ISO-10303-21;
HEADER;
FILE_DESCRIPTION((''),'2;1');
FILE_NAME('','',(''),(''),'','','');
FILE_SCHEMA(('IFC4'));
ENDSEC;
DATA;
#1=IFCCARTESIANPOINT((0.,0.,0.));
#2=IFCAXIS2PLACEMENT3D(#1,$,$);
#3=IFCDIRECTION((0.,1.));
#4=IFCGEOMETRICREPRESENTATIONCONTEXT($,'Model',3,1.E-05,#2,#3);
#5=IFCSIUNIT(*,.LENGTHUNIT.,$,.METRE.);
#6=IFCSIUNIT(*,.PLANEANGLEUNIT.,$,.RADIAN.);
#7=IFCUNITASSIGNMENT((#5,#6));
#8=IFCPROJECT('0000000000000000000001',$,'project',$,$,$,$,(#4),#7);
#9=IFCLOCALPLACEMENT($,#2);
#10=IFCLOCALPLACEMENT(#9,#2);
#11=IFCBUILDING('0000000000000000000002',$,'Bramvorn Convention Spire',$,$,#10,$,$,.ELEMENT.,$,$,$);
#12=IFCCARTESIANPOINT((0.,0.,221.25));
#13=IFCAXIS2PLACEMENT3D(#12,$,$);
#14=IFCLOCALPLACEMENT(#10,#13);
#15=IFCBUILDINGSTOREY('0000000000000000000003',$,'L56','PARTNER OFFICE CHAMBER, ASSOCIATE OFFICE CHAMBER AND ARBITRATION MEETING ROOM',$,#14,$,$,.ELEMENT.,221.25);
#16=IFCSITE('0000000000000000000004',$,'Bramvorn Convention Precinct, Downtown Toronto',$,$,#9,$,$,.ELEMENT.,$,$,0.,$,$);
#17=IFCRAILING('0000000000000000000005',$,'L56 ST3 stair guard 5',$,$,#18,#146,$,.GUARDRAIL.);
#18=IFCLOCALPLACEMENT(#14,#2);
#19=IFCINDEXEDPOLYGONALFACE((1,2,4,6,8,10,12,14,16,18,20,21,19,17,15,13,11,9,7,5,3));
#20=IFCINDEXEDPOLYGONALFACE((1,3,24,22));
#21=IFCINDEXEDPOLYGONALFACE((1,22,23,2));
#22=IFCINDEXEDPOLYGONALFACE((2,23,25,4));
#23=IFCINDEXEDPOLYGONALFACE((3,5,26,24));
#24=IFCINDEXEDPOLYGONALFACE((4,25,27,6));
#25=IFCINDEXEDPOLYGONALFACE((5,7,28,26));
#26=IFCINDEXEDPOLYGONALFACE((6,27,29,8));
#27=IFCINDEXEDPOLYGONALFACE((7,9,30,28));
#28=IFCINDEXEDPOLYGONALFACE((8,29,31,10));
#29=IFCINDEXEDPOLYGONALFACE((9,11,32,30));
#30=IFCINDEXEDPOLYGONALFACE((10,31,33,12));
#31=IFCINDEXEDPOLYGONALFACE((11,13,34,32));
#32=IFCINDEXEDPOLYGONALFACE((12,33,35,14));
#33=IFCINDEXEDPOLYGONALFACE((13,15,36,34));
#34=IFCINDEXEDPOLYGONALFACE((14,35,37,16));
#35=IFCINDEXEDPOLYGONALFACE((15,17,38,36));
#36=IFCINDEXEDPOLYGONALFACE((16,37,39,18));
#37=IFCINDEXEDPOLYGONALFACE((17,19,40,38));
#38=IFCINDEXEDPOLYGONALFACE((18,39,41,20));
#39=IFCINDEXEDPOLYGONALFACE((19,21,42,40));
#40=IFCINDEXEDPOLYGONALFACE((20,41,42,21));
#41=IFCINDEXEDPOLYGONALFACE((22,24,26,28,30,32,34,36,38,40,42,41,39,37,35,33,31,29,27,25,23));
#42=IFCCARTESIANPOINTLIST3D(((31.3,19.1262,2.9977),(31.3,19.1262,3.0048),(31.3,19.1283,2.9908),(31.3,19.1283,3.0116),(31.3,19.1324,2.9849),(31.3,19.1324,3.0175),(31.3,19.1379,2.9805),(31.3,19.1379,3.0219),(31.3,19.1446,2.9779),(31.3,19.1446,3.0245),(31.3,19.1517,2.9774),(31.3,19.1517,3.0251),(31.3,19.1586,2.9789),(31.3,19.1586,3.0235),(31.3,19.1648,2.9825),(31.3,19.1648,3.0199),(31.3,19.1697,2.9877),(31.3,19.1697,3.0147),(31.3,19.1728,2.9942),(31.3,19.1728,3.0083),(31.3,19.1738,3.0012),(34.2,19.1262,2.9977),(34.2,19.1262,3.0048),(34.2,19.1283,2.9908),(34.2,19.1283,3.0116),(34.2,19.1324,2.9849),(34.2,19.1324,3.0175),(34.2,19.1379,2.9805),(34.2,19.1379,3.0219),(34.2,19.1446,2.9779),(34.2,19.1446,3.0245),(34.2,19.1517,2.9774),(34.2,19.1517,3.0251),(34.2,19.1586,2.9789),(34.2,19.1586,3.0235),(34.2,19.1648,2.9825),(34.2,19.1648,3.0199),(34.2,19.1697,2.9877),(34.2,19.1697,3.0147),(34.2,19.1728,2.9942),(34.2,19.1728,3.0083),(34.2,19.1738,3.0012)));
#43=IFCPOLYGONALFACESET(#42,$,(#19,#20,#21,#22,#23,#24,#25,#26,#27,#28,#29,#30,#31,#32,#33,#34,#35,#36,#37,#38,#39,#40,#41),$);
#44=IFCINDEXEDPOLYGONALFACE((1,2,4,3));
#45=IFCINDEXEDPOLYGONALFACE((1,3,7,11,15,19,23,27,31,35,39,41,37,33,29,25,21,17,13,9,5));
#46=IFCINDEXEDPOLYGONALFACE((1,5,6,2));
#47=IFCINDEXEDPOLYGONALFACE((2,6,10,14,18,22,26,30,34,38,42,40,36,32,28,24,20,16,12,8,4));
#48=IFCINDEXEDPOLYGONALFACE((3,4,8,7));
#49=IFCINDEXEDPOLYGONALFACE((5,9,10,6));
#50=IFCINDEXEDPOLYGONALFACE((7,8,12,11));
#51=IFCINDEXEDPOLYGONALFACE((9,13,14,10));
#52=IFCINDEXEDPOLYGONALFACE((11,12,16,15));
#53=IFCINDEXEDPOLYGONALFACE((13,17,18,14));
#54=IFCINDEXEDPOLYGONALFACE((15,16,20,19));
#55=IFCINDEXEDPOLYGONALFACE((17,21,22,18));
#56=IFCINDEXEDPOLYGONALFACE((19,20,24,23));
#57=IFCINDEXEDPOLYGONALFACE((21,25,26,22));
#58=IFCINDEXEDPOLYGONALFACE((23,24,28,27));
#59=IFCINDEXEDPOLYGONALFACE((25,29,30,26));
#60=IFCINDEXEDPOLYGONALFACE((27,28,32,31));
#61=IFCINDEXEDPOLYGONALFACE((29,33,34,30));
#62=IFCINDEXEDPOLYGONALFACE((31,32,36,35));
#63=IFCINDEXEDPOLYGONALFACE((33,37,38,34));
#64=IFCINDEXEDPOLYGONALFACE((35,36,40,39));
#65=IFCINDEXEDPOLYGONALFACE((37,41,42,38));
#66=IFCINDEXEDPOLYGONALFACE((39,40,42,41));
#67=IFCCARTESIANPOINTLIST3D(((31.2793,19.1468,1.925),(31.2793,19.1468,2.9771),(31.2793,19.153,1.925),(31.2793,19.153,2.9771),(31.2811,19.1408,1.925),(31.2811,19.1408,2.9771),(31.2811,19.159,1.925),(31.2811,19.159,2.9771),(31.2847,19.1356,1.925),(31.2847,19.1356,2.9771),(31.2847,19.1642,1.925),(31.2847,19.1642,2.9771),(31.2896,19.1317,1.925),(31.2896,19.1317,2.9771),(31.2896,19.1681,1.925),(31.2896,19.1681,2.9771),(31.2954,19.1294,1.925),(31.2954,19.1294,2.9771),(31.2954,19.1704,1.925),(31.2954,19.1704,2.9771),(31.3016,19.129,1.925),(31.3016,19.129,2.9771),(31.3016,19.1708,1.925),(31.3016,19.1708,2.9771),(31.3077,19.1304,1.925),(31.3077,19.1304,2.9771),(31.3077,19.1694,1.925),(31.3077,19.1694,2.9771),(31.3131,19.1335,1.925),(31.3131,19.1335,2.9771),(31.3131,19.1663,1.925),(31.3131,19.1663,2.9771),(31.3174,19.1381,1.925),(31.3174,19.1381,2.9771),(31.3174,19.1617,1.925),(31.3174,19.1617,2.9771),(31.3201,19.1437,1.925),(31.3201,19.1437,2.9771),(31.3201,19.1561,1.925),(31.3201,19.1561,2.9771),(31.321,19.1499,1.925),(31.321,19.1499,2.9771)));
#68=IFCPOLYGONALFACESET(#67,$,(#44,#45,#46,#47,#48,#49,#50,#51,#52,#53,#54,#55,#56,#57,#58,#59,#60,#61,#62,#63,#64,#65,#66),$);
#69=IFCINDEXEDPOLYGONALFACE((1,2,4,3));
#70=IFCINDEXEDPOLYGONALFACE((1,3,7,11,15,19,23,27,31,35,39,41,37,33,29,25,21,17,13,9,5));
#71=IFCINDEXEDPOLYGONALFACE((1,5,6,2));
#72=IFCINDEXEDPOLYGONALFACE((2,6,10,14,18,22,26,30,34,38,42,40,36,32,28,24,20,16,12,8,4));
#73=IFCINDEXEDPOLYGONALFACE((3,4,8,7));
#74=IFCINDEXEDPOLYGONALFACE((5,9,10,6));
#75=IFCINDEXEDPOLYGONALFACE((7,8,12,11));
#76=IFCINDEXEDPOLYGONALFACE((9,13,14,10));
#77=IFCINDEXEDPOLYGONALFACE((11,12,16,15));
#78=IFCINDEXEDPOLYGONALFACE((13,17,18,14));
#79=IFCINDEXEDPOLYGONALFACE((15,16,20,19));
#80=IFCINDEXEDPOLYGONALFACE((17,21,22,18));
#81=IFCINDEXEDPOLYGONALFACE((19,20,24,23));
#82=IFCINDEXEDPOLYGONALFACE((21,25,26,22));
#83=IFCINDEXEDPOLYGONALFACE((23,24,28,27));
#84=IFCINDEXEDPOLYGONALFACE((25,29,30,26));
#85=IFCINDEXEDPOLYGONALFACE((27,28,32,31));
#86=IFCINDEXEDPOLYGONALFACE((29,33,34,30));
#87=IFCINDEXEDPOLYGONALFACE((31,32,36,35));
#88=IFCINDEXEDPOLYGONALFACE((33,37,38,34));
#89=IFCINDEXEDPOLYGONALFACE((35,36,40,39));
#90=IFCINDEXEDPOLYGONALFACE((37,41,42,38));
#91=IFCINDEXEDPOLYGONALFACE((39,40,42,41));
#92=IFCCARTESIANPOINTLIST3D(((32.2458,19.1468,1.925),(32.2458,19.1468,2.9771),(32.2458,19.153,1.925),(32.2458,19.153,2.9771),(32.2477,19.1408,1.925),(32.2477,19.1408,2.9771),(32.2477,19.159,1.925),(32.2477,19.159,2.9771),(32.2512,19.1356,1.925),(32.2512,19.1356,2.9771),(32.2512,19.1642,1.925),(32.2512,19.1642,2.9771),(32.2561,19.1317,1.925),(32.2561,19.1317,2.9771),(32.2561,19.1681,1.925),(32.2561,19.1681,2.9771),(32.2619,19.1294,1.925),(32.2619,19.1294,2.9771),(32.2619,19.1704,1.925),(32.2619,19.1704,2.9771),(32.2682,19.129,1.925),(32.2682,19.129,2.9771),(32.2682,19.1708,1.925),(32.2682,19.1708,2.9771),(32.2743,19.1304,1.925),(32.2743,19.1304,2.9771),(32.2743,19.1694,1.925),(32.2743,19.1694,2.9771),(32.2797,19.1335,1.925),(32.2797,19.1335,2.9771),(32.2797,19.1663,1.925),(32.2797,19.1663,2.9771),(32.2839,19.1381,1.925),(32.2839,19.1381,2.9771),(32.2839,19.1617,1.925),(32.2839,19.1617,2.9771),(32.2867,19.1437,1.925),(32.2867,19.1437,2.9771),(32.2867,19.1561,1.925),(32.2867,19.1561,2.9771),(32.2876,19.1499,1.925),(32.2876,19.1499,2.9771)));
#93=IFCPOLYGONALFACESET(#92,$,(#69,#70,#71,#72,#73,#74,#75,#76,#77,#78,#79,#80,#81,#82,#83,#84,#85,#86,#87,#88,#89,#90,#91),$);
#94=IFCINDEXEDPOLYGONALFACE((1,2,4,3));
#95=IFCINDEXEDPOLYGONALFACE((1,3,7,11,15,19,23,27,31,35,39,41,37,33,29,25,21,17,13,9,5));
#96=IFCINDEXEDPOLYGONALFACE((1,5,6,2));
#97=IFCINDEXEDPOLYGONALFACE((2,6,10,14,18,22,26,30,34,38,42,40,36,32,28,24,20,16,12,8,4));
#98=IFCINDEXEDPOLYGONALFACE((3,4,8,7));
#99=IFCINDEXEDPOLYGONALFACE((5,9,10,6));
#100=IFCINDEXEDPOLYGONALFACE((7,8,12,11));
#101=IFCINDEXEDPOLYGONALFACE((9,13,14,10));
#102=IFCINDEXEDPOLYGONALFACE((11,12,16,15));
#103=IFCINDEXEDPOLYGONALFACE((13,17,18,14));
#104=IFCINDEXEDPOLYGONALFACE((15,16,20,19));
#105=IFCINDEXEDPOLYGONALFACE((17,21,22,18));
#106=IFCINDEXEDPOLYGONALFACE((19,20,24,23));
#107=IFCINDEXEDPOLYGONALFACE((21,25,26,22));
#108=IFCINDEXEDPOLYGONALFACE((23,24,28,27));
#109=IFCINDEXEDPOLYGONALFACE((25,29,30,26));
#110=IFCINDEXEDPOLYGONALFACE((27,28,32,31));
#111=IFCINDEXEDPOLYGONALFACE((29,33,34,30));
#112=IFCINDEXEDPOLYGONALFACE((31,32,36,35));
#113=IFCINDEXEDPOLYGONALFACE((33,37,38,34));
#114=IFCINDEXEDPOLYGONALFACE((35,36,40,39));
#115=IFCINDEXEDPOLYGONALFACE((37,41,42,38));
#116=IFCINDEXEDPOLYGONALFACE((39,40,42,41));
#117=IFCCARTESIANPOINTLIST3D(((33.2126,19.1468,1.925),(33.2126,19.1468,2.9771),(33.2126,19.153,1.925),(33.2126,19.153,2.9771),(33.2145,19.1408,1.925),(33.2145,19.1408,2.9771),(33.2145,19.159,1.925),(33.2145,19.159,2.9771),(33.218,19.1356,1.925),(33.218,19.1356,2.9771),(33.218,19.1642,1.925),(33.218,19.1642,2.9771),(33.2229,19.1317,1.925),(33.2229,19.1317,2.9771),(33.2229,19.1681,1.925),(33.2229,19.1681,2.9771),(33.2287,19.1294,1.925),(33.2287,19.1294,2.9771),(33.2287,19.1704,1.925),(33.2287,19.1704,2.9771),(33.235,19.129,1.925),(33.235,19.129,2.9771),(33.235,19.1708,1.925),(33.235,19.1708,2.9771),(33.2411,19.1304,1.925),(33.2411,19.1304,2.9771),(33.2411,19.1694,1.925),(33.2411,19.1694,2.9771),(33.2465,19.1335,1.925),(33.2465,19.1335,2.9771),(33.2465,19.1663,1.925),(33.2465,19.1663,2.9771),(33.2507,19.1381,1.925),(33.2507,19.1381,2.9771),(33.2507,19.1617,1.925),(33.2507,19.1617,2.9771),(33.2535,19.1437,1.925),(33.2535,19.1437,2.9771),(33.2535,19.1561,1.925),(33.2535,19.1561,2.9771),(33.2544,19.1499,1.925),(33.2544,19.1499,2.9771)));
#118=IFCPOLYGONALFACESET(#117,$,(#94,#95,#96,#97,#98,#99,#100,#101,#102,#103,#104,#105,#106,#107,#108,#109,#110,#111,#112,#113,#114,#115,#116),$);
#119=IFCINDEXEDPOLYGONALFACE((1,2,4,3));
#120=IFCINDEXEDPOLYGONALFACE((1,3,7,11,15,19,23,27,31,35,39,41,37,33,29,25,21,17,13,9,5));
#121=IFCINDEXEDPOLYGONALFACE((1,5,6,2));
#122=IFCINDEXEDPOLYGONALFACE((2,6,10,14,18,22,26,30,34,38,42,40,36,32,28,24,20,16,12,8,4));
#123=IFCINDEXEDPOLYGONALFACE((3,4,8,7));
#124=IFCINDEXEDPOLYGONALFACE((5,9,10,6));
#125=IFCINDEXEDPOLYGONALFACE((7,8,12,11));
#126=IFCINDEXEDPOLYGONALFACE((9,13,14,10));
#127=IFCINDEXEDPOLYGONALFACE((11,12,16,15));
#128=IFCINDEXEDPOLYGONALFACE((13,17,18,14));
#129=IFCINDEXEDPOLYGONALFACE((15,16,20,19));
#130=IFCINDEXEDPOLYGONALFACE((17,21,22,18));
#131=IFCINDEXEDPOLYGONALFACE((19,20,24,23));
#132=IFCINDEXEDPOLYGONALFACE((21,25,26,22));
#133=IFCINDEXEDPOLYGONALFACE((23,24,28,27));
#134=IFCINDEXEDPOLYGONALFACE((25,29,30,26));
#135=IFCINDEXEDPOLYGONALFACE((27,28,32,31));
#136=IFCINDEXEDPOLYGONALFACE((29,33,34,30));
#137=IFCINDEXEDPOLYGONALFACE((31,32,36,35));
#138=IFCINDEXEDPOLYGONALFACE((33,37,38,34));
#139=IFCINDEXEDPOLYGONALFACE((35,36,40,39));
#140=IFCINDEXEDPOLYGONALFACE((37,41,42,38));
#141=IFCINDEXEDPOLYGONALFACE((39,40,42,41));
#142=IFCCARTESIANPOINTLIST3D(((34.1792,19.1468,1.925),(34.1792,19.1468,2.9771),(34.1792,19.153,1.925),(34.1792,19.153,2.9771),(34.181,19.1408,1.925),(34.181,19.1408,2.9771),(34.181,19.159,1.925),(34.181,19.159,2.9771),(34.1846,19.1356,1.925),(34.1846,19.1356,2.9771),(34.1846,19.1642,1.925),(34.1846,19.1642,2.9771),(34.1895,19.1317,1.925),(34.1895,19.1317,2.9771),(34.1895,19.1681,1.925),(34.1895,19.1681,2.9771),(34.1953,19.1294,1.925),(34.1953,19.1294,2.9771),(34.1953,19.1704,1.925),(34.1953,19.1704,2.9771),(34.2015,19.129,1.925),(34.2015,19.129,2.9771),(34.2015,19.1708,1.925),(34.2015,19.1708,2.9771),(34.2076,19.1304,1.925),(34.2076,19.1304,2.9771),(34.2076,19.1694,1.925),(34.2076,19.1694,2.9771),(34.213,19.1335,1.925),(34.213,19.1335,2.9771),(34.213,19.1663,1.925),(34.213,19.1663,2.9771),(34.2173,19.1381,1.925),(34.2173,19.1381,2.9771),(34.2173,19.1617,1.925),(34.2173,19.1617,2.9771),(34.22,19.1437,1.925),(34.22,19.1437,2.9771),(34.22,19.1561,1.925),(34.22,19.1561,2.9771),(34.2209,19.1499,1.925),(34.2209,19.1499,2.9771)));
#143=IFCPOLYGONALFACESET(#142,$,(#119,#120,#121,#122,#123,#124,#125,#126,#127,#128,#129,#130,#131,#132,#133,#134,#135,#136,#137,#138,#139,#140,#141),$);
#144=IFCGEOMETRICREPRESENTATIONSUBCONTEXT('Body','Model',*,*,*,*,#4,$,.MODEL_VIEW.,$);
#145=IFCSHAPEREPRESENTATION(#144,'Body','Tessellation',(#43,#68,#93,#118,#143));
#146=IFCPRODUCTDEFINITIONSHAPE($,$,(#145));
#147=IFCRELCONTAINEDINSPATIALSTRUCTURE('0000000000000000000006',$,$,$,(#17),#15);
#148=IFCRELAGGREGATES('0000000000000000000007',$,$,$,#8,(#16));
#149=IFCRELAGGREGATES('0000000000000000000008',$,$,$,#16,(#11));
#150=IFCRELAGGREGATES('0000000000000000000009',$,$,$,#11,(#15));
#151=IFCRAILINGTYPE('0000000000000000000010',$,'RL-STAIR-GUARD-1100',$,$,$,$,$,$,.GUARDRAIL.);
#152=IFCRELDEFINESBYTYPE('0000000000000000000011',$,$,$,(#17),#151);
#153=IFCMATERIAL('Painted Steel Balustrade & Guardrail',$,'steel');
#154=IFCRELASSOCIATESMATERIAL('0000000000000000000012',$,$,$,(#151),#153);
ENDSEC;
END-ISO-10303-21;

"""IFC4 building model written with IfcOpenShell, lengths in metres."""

from ifc_helpers import new_model, si_unit, direction, frame, origin, origin_2d, place, context, subcontext, project, spatial, circle, extrude, material, type_object, element, save


model = new_model("IFC4")

# Units and contexts
model_context = context("Model", 3, precision=1e-05, world=origin(), true_north=direction((0.0, 1.0)))
body_context = subcontext(model_context, "Body", "Model", "MODEL_VIEW")
ifc_project = project(units=[si_unit("LENGTHUNIT", "METRE"), si_unit("PLANEANGLEUNIT", "RADIAN")], contexts=[model_context])

# Site, building, storey
site_placement = place(None, origin())
site = spatial("IfcSite", under=ifc_project, at=site_placement, Name="Bramvorn Convention Precinct, Downtown Toronto", CompositionType="ELEMENT", RefElevation=0.0)
building_placement = place(site_placement, origin())
building = spatial("IfcBuilding", under=site, at=building_placement, Name="Bramvorn Convention Spire", CompositionType="ELEMENT")
storey_placement = place(building_placement, frame((0.0, 0.0, 221.25)))
storey = spatial("IfcBuildingStorey", under=building, at=storey_placement, Name="L56", Description="PARTNER OFFICE CHAMBER, ASSOCIATE OFFICE CHAMBER AND ARBITRATION MEETING ROOM", CompositionType="ELEMENT", Elevation=221.25)

# Railing
ifc_material_1 = material(Name="Painted Steel Balustrade & Guardrail", Category="steel")
railing_type_1 = type_object("IfcRailingType", Name="RL-STAIR-GUARD-1100", PredefinedType="GUARDRAIL", material=ifc_material_1)
railing_1_placement = place(storey_placement, frame((31.3, 19.1499, 1.925)))
element("IfcRailing", 1, at=railing_1_placement, inside=storey, type_object=railing_type_1, Name="L56 ST3 stair guard 5", PredefinedType="GUARDRAIL", context=body_context, shape_type="SweptSolid", body=[
    extrude(circle(Radius=0.0239, at=origin_2d()), frame((0.0, 0.0, 1.0762), z_axis=(1.0, 0.0, 0.0), x_axis=(0.0, 1.0, 0.0)), (0.0, 0.0, 1.0), 2.8999),
    extrude(circle(Radius=0.021, at=origin_2d()), origin(), (0.0, 0.0, 1.0), 1.052),
    extrude(circle(Radius=0.021, at=origin_2d()), frame((0.9666, 0.0, 0.0)), (0.0, 0.0, 1.0), 1.052),
    extrude(circle(Radius=0.021, at=origin_2d()), frame((1.9333, 0.0, 0.0)), (0.0, 0.0, 1.0), 1.052),
    extrude(circle(Radius=0.021, at=origin_2d()), frame((2.8999, 0.0, 0.0)), (0.0, 0.0, 1.0), 1.052),
])

save(model, "model.ifc")
